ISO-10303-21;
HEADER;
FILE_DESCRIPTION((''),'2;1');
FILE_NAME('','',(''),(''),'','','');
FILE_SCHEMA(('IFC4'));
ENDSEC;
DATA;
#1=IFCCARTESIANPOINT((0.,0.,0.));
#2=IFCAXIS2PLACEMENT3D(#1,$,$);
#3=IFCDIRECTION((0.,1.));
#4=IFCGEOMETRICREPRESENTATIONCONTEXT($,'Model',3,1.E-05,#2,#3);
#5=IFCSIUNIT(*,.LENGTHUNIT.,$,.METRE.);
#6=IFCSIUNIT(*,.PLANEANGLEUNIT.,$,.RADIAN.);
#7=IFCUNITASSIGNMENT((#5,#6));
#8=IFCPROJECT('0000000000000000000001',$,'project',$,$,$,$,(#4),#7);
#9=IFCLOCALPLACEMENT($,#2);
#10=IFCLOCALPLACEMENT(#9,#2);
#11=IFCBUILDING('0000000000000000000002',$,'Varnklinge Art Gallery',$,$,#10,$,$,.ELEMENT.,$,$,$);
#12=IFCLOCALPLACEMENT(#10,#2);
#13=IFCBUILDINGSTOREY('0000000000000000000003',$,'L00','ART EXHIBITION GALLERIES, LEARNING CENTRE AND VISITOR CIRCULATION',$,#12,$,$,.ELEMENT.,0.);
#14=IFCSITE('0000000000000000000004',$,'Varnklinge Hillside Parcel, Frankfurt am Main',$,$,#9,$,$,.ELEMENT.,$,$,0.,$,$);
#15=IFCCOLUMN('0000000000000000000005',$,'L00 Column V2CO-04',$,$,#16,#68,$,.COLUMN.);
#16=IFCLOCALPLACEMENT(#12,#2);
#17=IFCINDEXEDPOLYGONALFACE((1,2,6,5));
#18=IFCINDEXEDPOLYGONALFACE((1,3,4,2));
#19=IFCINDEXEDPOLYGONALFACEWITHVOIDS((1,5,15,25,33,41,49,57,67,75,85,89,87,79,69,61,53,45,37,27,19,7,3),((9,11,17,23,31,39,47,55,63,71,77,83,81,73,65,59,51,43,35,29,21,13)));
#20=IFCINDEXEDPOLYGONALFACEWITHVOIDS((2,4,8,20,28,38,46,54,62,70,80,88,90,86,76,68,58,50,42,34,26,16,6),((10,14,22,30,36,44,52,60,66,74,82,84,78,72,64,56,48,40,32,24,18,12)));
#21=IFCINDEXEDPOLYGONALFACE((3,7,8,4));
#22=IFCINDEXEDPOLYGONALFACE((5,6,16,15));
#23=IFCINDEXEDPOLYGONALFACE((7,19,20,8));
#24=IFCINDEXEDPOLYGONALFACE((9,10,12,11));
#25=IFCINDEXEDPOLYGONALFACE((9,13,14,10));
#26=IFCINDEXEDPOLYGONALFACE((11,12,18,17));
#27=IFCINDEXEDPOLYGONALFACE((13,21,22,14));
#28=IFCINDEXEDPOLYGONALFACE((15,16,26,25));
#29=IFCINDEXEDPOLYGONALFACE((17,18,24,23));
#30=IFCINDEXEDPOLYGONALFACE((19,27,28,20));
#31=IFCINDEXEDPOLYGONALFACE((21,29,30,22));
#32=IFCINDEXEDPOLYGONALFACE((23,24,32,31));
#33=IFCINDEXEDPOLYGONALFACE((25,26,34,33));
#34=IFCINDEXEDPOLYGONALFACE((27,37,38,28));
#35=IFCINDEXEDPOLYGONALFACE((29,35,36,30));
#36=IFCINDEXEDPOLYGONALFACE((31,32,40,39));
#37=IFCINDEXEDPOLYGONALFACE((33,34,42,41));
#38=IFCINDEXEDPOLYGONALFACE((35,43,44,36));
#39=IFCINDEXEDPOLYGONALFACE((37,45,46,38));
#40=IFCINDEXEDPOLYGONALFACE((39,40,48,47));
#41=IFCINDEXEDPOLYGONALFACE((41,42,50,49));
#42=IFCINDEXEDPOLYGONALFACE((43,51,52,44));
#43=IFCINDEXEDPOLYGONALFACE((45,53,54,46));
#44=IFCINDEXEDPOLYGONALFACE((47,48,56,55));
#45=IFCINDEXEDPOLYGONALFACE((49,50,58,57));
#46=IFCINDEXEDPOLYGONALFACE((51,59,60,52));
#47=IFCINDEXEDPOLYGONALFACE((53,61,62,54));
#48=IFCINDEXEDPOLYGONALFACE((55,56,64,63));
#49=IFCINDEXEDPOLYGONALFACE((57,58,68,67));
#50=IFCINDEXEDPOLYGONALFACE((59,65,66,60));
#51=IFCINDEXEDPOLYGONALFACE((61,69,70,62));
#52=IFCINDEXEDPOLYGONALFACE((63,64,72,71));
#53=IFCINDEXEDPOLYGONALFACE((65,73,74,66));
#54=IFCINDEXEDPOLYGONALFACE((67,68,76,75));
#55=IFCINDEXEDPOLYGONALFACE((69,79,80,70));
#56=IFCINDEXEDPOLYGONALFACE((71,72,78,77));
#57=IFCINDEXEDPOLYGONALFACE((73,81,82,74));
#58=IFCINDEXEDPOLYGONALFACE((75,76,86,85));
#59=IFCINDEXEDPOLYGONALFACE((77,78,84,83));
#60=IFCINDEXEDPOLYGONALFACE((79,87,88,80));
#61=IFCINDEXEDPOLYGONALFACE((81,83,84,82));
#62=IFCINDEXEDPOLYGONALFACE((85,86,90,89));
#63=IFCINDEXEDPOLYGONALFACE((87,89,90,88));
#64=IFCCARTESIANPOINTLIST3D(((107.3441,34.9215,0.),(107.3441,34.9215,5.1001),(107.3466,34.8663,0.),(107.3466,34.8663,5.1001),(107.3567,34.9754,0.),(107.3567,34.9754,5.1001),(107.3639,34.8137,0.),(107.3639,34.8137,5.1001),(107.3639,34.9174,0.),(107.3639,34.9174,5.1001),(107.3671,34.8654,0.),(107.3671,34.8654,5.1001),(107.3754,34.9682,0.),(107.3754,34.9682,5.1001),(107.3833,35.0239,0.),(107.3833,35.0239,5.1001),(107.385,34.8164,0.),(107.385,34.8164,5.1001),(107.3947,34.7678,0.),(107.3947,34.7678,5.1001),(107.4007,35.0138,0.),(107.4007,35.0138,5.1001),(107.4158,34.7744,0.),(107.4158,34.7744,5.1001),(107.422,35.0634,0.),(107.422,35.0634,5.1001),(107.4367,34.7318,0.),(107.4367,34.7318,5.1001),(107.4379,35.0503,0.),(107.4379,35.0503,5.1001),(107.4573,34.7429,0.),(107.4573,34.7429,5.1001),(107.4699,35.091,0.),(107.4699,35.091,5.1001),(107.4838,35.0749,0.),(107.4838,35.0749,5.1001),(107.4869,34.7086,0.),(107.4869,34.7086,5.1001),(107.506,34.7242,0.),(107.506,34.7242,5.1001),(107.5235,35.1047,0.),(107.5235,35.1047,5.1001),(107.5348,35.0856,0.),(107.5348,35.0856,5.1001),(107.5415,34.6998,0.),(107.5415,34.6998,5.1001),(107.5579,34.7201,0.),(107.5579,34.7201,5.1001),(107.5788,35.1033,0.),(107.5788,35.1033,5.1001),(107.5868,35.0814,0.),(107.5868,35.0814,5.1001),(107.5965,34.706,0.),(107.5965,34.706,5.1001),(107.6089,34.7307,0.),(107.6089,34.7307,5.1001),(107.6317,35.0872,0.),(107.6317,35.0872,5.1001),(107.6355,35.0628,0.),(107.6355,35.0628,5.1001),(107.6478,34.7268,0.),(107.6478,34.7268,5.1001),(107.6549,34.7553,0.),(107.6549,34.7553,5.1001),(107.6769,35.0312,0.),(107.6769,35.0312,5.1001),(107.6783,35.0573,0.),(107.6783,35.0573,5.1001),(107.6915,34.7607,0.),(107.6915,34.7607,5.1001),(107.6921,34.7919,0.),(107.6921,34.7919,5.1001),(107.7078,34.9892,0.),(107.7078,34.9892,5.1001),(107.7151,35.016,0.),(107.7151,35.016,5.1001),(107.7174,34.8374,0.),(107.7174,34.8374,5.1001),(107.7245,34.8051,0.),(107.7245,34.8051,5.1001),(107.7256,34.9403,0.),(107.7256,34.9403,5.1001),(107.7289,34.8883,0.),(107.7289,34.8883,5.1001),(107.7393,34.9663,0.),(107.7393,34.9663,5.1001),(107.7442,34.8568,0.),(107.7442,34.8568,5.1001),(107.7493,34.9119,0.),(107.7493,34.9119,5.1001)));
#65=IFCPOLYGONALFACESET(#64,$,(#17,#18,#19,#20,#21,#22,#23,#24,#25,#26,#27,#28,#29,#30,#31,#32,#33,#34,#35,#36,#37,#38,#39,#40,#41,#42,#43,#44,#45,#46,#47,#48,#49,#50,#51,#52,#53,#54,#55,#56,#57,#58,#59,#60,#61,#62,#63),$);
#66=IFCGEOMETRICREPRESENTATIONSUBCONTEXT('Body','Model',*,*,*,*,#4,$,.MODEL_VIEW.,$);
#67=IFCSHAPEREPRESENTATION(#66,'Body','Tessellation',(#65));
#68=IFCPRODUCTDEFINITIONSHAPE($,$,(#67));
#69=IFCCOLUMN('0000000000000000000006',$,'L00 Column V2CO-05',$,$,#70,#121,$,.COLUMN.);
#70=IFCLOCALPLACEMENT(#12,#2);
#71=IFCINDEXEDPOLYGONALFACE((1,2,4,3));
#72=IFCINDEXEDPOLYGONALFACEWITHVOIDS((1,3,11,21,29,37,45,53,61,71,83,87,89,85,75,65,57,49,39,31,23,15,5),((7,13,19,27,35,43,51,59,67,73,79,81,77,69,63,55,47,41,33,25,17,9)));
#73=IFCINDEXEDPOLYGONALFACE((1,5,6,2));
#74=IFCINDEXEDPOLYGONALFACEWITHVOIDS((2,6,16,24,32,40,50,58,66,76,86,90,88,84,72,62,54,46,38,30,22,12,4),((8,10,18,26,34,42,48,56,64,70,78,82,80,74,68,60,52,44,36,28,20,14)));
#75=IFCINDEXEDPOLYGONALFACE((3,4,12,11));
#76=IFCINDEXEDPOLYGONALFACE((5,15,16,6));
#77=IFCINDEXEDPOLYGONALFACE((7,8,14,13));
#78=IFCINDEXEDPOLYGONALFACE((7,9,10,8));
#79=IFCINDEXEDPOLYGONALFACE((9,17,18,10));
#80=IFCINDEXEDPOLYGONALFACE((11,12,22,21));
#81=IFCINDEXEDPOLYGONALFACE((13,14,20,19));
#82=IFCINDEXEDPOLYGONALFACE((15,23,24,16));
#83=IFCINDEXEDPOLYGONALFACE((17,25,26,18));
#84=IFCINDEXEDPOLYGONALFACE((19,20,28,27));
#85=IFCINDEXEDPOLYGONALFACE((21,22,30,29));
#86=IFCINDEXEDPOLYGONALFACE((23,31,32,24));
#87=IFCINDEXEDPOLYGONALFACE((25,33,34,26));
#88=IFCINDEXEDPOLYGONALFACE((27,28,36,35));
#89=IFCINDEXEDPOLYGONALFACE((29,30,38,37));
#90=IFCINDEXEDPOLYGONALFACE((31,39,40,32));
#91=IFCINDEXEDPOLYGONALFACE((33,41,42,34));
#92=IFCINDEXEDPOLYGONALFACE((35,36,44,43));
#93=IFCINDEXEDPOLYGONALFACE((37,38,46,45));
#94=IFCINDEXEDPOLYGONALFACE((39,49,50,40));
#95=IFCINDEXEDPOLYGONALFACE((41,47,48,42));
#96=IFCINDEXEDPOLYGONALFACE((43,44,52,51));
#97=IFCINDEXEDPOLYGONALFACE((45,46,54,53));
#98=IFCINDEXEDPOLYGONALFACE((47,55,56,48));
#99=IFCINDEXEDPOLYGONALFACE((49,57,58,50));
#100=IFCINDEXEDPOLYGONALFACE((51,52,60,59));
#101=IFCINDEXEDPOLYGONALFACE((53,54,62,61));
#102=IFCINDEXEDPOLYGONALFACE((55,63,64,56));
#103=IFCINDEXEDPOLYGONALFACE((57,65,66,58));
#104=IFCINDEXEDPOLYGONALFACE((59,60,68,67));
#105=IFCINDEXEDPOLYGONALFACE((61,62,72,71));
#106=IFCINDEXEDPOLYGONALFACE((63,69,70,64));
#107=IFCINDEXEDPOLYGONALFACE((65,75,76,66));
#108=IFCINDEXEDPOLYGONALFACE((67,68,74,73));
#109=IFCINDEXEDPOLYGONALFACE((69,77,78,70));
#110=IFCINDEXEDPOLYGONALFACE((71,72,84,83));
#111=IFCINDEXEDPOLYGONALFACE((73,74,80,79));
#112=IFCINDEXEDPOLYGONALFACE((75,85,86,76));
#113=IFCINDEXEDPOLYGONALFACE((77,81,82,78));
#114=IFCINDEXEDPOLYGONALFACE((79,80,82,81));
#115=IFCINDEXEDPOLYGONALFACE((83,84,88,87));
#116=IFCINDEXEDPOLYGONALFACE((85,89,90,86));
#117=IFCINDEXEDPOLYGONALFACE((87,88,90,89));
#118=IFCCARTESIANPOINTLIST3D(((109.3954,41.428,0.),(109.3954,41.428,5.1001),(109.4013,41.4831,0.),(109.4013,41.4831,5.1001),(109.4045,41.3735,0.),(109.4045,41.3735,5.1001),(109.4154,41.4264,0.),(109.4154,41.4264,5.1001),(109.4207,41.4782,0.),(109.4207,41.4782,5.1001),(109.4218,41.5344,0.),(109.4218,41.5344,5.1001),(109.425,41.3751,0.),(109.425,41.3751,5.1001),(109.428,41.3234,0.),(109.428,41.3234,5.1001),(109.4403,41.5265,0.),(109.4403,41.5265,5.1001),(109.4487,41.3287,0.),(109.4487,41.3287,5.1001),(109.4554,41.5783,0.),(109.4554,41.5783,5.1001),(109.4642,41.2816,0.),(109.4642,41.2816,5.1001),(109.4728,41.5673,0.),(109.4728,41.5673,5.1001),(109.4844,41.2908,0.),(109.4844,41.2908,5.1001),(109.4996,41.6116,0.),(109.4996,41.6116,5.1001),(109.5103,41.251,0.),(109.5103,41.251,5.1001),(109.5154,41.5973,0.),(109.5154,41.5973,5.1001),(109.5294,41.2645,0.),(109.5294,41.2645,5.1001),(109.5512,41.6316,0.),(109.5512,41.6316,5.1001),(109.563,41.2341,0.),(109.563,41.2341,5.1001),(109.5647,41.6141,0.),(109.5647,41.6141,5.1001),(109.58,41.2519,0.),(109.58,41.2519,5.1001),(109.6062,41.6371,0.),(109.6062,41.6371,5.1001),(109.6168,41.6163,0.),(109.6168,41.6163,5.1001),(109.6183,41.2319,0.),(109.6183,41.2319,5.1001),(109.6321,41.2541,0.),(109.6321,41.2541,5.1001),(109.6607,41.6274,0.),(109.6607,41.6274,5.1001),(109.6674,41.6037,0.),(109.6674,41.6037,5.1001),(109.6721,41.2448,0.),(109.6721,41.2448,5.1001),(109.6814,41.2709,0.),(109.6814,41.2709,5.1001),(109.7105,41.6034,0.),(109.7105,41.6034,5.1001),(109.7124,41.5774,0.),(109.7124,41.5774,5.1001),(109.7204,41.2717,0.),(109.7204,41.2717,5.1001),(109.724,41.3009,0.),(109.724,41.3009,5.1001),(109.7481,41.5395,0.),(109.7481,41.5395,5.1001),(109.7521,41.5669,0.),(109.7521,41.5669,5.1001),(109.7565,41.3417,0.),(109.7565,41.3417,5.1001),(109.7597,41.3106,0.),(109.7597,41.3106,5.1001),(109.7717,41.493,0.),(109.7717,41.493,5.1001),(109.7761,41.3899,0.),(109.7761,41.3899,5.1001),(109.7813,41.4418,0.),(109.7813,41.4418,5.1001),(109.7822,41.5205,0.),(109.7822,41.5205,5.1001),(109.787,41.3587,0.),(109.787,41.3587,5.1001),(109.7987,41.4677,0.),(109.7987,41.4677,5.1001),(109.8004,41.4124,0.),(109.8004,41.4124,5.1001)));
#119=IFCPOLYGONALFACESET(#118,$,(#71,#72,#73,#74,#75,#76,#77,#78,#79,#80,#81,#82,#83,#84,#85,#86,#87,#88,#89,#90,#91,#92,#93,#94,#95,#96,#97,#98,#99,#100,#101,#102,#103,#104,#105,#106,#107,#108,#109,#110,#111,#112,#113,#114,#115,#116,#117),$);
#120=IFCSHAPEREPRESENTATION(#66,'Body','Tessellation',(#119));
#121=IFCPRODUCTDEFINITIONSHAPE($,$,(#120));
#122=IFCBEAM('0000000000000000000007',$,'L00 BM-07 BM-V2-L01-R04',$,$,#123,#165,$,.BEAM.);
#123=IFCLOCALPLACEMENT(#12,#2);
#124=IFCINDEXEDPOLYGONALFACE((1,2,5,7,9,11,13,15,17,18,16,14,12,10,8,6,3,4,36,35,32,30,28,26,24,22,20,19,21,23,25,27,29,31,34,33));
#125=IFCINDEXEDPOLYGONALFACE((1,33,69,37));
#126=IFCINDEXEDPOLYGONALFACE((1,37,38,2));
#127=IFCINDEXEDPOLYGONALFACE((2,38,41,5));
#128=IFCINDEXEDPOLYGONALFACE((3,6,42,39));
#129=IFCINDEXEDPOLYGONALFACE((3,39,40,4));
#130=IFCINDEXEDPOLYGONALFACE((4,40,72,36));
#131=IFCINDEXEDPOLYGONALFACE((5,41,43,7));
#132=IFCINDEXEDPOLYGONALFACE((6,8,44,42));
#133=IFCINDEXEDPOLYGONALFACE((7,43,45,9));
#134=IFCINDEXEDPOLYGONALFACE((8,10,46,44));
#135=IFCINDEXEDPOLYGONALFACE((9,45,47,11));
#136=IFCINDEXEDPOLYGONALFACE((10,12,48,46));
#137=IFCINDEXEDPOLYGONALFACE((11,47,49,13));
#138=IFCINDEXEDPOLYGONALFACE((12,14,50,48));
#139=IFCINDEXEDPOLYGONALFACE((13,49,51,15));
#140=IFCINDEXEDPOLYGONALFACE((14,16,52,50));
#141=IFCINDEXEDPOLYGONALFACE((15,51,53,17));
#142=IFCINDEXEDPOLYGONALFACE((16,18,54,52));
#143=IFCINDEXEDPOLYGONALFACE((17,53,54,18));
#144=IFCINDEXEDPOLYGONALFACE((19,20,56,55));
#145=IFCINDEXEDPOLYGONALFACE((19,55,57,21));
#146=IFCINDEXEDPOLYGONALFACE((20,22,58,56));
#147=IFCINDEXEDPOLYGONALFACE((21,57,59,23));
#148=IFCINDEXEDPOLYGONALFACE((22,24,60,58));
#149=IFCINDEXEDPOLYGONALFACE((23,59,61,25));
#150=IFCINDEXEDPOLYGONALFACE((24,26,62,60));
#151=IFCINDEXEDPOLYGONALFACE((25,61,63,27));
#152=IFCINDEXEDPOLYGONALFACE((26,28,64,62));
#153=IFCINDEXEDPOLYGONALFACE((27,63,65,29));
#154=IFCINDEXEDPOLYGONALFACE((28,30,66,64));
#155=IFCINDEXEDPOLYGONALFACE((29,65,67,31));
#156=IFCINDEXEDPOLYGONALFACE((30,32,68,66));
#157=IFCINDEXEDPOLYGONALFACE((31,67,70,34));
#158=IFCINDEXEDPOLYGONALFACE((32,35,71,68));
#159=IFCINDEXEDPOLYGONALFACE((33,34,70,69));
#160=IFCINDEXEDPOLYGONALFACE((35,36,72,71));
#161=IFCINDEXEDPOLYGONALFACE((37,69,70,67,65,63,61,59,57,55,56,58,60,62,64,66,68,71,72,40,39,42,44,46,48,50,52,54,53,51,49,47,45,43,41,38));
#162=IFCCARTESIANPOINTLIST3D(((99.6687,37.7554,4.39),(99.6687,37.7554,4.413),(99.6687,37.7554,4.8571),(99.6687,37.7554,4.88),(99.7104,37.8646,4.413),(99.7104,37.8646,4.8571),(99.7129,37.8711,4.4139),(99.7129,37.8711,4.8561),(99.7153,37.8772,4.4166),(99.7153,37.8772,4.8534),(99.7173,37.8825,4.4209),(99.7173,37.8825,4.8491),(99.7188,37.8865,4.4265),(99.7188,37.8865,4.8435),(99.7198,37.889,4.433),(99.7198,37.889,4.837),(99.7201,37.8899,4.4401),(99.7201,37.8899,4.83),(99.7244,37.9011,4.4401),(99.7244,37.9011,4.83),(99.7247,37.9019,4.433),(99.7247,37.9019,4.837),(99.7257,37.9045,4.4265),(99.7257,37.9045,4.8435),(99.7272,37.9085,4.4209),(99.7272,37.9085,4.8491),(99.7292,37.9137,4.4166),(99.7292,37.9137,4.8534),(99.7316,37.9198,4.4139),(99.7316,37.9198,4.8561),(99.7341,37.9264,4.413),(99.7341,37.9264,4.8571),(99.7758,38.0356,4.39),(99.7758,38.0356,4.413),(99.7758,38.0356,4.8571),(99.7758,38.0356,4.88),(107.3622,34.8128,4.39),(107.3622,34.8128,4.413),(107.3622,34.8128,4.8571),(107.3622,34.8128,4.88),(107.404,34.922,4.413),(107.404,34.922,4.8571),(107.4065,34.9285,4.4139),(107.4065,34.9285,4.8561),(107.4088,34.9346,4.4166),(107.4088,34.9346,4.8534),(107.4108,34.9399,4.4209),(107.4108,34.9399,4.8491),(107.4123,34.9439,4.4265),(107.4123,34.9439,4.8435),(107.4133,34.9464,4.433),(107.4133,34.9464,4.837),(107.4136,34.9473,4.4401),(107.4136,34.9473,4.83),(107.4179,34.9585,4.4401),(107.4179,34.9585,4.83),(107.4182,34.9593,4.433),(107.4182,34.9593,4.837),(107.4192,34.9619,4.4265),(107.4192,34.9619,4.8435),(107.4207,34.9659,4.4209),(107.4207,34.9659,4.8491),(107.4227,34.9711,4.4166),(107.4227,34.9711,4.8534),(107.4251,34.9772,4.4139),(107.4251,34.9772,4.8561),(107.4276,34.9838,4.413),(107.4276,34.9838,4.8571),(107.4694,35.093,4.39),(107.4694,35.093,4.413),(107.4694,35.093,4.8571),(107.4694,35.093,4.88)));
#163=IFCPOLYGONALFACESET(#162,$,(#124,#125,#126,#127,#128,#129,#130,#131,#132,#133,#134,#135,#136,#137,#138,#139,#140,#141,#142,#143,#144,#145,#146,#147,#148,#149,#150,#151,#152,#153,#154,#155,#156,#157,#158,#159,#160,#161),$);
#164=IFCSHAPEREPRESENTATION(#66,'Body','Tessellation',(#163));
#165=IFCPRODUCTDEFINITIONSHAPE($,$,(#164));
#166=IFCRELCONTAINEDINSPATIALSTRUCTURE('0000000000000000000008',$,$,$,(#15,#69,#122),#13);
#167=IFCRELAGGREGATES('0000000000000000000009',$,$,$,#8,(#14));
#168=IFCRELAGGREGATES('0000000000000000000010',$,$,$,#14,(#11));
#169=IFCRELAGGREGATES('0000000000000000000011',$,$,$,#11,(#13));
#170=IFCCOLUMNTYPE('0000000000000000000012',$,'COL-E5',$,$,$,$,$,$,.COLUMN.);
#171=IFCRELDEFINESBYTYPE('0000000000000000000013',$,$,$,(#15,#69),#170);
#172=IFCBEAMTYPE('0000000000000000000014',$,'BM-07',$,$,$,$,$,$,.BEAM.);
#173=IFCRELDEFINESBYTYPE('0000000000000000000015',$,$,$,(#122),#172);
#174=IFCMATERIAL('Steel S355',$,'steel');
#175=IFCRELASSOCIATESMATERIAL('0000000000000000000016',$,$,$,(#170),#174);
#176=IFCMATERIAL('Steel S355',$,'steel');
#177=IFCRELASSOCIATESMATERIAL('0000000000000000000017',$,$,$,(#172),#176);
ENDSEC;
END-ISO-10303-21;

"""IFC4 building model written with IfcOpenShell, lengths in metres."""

from ifc_helpers import new_model, si_unit, direction, frame, origin, origin_2d, place, context, subcontext, project, spatial, hollow_circle, i_section, extrude, material, material_profile, profile_set, type_object, element, save


model = new_model("IFC4")

# Units and contexts
model_context = context("Model", 3, precision=1e-05, world=origin(), true_north=direction((0.0, 1.0)))
body_context = subcontext(model_context, "Body", "Model", "MODEL_VIEW")
ifc_project = project(units=[si_unit("LENGTHUNIT", "METRE"), si_unit("PLANEANGLEUNIT", "RADIAN")], contexts=[model_context])

# Site, building, storey
site_placement = place(None, origin())
site = spatial("IfcSite", under=ifc_project, at=site_placement, Name="Varnklinge Hillside Parcel, Frankfurt am Main", CompositionType="ELEMENT", RefElevation=0.0)
building_placement = place(site_placement, origin())
building = spatial("IfcBuilding", under=site, at=building_placement, Name="Varnklinge Art Gallery", CompositionType="ELEMENT")
storey_placement = place(building_placement, origin())
storey = spatial("IfcBuildingStorey", under=building, at=storey_placement, Name="L00", Description="ART EXHIBITION GALLERIES, LEARNING CENTRE AND VISITOR CIRCULATION", CompositionType="ELEMENT", Elevation=0.0)

# Columns
ifc_material_1 = material(Name="Steel S355", Category="steel")
ifc_material_profile_1 = material_profile(ifc_material_1, hollow_circle(Radius=0.2031, WallThickness=0.02, at=origin_2d()), Name="CHS 406.4x20")
ifc_profile_set_1 = profile_set([ifc_material_profile_1], Name="Steel S355")
column_type = type_object("IfcColumnType", Name="COL-E5", PredefinedType="COLUMN", material=ifc_profile_set_1)
for number, where, z_axis, x_axis, name in (
    (1, (107.5464, 34.9028, 0.0), (0.0, 0.0, 1.0), (-0.934018, 0.357227, 0.0), "L00 Column V2CO-04"),
    (2, (109.5984, 41.4341, 0.0), (0.0, 0.0, 1.0), (-0.970506, 0.241075, 0.0), "L00 Column V2CO-05"),
):
    element("IfcColumn", number, at=place(storey_placement, frame(where, z_axis=z_axis, x_axis=x_axis)), inside=storey, type_object=column_type, Name=name, PredefinedType="COLUMN", context=body_context, shape_type="SweptSolid", body=[
        extrude(hollow_circle(Radius=0.2031, WallThickness=0.02, at=origin_2d()), origin(), (0.0, 0.0, 1.0), 5.1001),
    ])

# Beam
ifc_material_2 = material(Name="Steel S355", Category="steel")
ifc_material_profile_2 = material_profile(ifc_material_2, i_section(OverallWidth=0.3, OverallDepth=0.49, WebThickness=0.012, FlangeThickness=0.0229, FilletRadius=0.0271, at=origin_2d()), Name="HEA 500")
ifc_profile_set_2 = profile_set([ifc_material_profile_2], Name="Steel S355")
beam_type_1 = type_object("IfcBeamType", Name="BM-07", PredefinedType="BEAM", material=ifc_profile_set_2)
beam_1_placement = place(storey_placement, frame((107.4158, 34.9529, 4.635), z_axis=(-0.934013, 0.357239, 0.0), x_axis=(-0.357239, -0.934013, 0.0)))
element("IfcBeam", 3, at=beam_1_placement, inside=storey, type_object=beam_type_1, Name="L00 BM-07 BM-V2-L01-R04", PredefinedType="BEAM", context=body_context, shape_type="SweptSolid", body=[
    extrude(i_section(OverallWidth=0.3, OverallDepth=0.49, WebThickness=0.012, FlangeThickness=0.0229, FilletRadius=0.0271, at=origin_2d()), origin(), (0.0, 0.0, 1.0), 8.2371),
])

save(model, "model.ifc")
